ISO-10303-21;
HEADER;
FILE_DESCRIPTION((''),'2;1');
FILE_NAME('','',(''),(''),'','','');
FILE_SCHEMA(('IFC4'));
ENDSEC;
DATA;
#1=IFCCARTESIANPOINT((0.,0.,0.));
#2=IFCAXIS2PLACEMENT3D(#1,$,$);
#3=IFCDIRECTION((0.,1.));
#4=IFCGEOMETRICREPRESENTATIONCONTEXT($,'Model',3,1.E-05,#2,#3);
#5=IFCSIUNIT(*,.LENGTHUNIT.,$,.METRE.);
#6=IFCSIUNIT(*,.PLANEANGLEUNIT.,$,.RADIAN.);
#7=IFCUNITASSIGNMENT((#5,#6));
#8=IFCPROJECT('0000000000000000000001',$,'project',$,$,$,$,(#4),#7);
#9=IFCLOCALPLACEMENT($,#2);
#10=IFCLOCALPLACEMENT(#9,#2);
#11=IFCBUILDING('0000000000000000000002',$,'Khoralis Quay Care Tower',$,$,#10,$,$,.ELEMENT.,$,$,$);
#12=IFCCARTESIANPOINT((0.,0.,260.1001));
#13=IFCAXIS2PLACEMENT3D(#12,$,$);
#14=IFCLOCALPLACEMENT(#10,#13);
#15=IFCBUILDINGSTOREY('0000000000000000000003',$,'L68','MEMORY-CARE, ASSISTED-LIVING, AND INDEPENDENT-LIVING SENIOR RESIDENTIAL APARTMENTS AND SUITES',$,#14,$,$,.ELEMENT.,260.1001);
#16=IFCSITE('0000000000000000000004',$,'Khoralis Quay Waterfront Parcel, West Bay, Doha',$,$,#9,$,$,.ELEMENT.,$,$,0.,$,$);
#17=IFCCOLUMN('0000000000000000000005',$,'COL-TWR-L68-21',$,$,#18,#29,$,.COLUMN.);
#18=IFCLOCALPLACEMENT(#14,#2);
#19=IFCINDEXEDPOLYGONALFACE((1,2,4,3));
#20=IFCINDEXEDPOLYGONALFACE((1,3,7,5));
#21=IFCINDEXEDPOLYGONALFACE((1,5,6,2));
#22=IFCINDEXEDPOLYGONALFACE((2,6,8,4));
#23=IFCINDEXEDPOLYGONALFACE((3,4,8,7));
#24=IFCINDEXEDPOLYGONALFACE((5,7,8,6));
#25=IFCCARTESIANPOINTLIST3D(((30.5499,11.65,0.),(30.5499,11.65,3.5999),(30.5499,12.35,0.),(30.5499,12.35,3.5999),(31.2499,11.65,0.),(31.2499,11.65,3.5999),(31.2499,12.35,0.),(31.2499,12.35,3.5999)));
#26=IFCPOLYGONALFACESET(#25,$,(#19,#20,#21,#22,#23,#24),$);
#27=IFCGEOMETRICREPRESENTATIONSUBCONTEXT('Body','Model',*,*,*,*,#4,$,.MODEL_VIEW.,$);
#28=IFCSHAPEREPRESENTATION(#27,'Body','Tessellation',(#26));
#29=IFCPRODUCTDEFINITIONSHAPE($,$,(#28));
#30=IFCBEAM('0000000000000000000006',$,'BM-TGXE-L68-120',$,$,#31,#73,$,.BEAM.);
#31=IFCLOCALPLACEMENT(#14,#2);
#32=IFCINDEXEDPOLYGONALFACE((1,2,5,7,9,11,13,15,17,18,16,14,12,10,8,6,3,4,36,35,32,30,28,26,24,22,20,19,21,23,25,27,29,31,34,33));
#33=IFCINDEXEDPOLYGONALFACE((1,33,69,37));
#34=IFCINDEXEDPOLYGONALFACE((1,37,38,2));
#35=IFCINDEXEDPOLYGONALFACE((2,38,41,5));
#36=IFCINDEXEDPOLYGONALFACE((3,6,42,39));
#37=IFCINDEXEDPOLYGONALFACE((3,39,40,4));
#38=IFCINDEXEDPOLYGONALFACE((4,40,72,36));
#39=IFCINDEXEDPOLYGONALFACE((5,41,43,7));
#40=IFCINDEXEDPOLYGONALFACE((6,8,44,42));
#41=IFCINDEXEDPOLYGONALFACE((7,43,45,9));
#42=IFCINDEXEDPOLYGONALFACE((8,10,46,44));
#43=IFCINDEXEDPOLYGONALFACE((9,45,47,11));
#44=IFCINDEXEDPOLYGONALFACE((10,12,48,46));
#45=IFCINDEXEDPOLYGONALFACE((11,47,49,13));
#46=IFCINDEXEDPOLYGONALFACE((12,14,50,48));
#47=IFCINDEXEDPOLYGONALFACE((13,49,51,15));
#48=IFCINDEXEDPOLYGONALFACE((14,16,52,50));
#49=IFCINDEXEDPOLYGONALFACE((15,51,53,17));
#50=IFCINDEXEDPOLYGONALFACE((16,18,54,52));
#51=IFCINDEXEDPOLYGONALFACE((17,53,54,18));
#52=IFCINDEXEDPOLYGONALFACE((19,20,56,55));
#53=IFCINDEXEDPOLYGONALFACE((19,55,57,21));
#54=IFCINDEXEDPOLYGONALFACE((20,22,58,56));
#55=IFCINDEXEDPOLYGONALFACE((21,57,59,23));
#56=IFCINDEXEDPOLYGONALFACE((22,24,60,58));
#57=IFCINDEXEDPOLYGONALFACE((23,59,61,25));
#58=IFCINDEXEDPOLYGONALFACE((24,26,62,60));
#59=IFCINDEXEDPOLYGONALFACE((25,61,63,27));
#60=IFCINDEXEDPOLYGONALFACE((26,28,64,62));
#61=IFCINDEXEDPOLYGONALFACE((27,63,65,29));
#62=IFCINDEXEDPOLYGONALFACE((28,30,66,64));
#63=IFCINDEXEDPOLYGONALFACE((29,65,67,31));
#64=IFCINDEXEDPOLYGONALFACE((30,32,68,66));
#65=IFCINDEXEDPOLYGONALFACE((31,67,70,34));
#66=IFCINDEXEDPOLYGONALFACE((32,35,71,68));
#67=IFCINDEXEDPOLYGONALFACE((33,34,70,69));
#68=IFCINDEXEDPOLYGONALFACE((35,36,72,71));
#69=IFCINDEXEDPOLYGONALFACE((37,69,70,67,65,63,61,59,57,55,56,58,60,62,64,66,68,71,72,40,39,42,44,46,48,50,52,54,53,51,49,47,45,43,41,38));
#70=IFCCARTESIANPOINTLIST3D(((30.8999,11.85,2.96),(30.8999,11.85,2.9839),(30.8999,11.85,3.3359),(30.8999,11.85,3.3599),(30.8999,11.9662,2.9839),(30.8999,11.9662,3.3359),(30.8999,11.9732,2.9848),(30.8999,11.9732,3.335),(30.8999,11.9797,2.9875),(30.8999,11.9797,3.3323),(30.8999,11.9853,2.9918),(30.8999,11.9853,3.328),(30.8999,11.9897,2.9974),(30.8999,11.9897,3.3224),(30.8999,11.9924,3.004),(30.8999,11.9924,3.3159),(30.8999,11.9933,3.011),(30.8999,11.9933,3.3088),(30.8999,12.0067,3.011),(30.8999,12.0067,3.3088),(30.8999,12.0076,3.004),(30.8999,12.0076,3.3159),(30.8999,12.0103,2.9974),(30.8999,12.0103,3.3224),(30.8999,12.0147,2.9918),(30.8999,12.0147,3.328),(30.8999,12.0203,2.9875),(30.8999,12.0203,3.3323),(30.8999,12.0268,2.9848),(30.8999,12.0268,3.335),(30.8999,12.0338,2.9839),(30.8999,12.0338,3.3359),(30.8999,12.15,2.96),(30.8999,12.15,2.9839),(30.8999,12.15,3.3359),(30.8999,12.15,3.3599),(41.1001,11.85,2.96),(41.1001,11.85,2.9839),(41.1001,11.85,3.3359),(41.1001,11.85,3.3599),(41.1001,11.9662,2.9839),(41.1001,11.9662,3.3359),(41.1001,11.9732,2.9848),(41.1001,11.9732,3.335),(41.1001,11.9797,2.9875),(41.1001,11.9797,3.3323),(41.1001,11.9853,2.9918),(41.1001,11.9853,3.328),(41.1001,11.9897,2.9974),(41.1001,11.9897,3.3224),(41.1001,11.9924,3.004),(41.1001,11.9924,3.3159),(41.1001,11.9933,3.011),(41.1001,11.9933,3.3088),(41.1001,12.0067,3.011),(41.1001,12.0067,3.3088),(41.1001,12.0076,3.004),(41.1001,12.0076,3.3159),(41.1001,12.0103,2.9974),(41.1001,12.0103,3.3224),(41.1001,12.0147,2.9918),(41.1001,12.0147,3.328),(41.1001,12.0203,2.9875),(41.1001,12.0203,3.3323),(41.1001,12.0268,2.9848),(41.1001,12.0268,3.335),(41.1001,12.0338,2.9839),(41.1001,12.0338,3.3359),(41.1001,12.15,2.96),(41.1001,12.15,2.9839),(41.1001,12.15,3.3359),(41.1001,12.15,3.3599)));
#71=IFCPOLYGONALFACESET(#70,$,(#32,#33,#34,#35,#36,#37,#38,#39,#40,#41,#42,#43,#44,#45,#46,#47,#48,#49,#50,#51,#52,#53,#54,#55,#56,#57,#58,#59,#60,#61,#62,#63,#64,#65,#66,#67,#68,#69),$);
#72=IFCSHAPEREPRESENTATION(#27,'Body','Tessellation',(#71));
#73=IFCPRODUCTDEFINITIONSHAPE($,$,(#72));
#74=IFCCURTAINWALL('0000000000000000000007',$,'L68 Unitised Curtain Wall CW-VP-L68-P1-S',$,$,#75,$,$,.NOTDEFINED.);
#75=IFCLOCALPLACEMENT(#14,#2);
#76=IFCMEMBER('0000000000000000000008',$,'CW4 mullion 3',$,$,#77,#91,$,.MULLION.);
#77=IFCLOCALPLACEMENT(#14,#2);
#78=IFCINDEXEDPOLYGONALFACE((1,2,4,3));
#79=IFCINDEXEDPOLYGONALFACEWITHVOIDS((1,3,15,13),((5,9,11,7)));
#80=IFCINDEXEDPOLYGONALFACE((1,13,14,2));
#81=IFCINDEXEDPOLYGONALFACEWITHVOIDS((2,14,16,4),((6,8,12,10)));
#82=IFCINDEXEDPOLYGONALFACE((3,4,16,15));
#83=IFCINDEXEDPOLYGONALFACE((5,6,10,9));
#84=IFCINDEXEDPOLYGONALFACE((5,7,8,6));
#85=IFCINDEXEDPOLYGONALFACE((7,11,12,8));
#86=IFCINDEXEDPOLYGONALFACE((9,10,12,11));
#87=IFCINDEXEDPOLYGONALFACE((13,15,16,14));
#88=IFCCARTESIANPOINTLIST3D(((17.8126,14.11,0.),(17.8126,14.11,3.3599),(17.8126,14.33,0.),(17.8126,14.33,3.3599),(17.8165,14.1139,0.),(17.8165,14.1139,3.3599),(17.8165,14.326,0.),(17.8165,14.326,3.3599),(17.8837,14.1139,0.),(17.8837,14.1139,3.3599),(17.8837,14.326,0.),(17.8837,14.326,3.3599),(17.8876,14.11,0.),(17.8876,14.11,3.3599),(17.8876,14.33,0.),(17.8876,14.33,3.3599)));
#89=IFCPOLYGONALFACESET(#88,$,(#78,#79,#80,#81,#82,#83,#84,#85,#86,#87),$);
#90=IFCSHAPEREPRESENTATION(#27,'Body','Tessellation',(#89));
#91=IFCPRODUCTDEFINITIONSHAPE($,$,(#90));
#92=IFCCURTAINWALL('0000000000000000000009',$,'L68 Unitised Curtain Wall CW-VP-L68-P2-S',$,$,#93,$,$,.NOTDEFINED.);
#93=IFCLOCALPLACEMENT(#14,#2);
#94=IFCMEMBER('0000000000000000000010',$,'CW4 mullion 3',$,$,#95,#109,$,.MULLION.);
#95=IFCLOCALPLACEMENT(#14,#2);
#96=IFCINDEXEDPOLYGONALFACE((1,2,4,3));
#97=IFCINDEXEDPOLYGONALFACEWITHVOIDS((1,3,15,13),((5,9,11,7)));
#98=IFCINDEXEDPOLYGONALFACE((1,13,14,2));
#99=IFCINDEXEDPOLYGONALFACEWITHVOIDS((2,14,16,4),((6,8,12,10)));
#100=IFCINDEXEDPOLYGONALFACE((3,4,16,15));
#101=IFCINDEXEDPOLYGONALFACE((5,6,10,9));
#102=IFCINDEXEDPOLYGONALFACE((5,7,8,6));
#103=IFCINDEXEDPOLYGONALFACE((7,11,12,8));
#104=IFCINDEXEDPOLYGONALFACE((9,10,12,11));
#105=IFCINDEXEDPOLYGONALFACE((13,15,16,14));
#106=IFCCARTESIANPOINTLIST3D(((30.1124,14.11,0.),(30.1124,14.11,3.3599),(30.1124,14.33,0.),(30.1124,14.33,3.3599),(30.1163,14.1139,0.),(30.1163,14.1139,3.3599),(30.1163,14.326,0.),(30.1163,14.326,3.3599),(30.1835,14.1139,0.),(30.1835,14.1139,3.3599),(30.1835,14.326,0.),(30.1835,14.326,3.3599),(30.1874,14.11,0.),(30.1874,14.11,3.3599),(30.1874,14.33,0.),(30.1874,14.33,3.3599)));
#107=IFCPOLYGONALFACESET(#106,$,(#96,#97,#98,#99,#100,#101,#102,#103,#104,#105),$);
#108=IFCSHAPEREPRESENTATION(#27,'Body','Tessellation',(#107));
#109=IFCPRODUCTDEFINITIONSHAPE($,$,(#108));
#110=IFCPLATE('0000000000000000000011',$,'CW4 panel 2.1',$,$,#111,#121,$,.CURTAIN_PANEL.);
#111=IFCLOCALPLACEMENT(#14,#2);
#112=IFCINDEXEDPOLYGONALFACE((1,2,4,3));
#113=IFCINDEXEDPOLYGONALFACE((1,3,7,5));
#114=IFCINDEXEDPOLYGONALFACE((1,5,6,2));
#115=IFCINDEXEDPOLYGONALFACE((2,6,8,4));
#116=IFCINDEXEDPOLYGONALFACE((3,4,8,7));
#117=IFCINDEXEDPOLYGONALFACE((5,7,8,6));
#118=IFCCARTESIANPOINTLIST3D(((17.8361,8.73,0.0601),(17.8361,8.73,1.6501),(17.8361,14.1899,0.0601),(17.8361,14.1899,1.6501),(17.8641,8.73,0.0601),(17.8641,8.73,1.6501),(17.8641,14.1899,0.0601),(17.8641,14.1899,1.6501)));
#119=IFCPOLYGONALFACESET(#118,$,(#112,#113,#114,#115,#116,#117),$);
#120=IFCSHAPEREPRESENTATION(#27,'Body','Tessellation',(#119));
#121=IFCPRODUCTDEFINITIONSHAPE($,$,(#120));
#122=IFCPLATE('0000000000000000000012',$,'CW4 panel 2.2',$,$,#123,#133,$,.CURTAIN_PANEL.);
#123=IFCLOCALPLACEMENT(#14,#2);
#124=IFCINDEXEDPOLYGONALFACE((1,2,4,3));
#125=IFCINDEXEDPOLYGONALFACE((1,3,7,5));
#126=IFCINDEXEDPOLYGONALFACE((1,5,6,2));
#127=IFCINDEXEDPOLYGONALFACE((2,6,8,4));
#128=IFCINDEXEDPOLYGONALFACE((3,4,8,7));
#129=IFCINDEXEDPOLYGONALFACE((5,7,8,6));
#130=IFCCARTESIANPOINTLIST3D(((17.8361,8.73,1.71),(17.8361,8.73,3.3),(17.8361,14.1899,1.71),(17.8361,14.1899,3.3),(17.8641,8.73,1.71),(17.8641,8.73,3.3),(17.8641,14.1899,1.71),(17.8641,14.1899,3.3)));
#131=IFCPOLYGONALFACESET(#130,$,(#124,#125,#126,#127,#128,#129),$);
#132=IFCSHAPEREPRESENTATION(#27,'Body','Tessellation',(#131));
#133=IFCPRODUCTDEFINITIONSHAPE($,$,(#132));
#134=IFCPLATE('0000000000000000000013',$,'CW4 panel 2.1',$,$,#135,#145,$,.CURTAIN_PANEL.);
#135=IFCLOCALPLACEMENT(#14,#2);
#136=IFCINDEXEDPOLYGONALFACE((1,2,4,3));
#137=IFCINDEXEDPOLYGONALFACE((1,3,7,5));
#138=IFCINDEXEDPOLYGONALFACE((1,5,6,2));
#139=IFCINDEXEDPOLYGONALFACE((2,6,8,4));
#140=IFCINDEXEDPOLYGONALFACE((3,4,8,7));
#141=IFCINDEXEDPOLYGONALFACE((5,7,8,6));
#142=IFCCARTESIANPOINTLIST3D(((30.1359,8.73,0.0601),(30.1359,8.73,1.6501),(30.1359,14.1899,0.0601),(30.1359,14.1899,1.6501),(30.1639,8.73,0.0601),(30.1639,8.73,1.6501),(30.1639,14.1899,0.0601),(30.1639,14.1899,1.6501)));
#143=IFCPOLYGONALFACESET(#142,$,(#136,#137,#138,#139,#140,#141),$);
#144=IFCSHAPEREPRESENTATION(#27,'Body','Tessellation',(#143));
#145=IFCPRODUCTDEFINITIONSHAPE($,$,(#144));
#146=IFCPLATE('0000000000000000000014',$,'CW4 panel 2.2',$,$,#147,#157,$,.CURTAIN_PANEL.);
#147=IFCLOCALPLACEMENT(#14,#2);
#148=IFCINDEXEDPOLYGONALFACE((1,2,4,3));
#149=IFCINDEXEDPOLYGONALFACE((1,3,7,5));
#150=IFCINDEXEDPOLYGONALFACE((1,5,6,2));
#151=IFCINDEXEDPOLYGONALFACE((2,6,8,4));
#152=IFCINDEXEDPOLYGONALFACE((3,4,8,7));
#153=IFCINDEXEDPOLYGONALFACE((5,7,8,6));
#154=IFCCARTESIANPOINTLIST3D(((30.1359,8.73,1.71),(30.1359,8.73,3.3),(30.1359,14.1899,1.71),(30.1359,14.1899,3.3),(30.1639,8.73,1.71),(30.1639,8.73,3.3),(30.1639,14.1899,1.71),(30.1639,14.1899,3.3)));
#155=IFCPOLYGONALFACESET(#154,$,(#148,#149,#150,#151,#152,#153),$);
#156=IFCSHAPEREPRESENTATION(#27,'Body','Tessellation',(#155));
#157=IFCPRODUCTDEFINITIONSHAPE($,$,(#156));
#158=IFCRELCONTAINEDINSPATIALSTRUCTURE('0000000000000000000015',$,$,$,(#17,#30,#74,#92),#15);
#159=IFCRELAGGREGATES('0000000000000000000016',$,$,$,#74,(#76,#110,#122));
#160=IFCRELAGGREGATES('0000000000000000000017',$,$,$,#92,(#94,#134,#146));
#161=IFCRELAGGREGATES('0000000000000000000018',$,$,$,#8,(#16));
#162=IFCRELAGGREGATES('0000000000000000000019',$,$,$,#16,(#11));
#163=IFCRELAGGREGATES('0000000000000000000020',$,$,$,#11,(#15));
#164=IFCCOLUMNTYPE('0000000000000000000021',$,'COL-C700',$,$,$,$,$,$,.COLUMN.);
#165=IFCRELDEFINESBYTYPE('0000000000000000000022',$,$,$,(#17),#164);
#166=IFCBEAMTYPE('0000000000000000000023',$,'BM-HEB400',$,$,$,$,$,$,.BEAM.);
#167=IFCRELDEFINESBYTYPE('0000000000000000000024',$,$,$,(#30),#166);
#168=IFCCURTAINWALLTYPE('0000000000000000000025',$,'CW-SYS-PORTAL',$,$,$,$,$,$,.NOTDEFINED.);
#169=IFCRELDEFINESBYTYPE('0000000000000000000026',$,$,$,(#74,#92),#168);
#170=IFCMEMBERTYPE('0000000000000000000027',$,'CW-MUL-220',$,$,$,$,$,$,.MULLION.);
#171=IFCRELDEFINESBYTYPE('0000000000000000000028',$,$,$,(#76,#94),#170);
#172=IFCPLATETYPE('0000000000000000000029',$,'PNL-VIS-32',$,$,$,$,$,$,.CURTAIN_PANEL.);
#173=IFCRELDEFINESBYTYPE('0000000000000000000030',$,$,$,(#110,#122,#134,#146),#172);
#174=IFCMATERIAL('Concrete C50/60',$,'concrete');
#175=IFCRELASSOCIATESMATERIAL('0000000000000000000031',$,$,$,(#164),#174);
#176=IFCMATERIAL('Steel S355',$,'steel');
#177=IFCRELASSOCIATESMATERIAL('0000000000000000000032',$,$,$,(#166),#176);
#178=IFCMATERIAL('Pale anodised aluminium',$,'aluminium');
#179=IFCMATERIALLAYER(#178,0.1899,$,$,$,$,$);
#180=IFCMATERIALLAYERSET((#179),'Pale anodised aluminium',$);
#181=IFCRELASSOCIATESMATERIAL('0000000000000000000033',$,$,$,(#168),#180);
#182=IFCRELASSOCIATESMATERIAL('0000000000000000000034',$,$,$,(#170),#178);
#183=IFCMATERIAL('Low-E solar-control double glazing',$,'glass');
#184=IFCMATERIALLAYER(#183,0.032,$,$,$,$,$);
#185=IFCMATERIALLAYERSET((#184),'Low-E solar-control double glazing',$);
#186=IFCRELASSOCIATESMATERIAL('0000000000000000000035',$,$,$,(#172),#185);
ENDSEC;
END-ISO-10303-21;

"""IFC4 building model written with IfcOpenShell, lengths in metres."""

from ifc_helpers import new_model, si_unit, direction, frame, origin, origin_2d, place, context, subcontext, project, spatial, rectangle, hollow_rectangle, i_section, extrude, source, transform, mapped, material, layer, layer_set, material_profile, profile_set, type_object, element, aggregate, save


model = new_model("IFC4")

# Units and contexts
model_context = context("Model", 3, precision=1e-05, world=origin(), true_north=direction((0.0, 1.0)))
body_context = subcontext(model_context, "Body", "Model", "MODEL_VIEW")
ifc_project = project(units=[si_unit("LENGTHUNIT", "METRE"), si_unit("PLANEANGLEUNIT", "RADIAN")], contexts=[model_context])

# Site, building, storey
site_placement = place(None, origin())
site = spatial("IfcSite", under=ifc_project, at=site_placement, Name="Khoralis Quay Waterfront Parcel, West Bay, Doha", CompositionType="ELEMENT", RefElevation=0.0)
building_placement = place(site_placement, origin())
building = spatial("IfcBuilding", under=site, at=building_placement, Name="Khoralis Quay Care Tower", CompositionType="ELEMENT")
storey_placement = place(building_placement, frame((0.0, 0.0, 260.1001)))
storey = spatial("IfcBuildingStorey", under=building, at=storey_placement, Name="L68", Description="MEMORY-CARE, ASSISTED-LIVING, AND INDEPENDENT-LIVING SENIOR RESIDENTIAL APARTMENTS AND SUITES", CompositionType="ELEMENT", Elevation=260.1001)

# Column
ifc_material_1 = material(Name="Concrete C50/60", Category="concrete")
ifc_material_profile_1 = material_profile(ifc_material_1, rectangle(XDim=0.7, YDim=0.7, at=origin_2d()), Name="Concrete C50/60")
ifc_profile_set_1 = profile_set([ifc_material_profile_1], Name="Concrete C50/60")
column_type = type_object("IfcColumnType", Name="COL-C700", PredefinedType="COLUMN", material=ifc_profile_set_1)
shared_shape_1 = source(origin(), body_context, "Body", "SweptSolid", [
    extrude(rectangle(XDim=0.7, YDim=0.7, at=origin_2d()), origin(), (0.0, 0.0, 1.0), 3.5999),
])
column_placement = place(storey_placement, frame((30.8999, 12.0, 0.0), z_axis=(0.0, 0.0, 1.0), x_axis=(1.0, 0.0, 0.0)))
element("IfcColumn", 1, at=column_placement, inside=storey, type_object=column_type, Name="COL-TWR-L68-21", PredefinedType="COLUMN", context=body_context, shape_type="MappedRepresentation", body=[
    mapped(shared_shape_1, transform((0.0, 0.0, 0.0), scale=1.0)),
])

# Beam
ifc_material_2 = material(Name="Steel S355", Category="steel")
ifc_material_profile_2 = material_profile(ifc_material_2, i_section(OverallWidth=0.3, OverallDepth=0.3999, WebThickness=0.0134, FlangeThickness=0.0239, FilletRadius=0.0271, at=origin_2d()), Name="Steel S355")
ifc_profile_set_2 = profile_set([ifc_material_profile_2], Name="Steel S355")
beam_type = type_object("IfcBeamType", Name="BM-HEB400", PredefinedType="BEAM", material=ifc_profile_set_2)
shared_shape_2 = source(origin(), body_context, "Body", "SweptSolid", [
    extrude(i_section(OverallWidth=0.3, OverallDepth=0.3999, WebThickness=0.0134, FlangeThickness=0.0239, FilletRadius=0.0271, at=origin_2d()), origin(), (0.0, 0.0, 1.0), 10.2002),
])
beam_placement = place(storey_placement, frame((30.8999, 12.0, 3.1599), z_axis=(1.0, 0.0, 0.0), x_axis=(0.0, 1.0, 0.0)))
element("IfcBeam", 2, at=beam_placement, inside=storey, type_object=beam_type, Name="BM-TGXE-L68-120", PredefinedType="BEAM", context=body_context, shape_type="MappedRepresentation", body=[
    mapped(shared_shape_2, transform((0.0, 0.0, 0.0), scale=1.0)),
])

# Curtain walls, members
ifc_material_3 = material(Name="Pale anodised aluminium", Category="aluminium")
ifc_layer_1 = layer(ifc_material_3, 0.1899)
ifc_layer_set_1 = layer_set([ifc_layer_1], Name="Pale anodised aluminium")
curtain_wall_type = type_object("IfcCurtainWallType", Name="CW-SYS-PORTAL", PredefinedType="NOTDEFINED", material=ifc_layer_set_1)
curtain_wall_1_placement = place(storey_placement, origin())
curtain_wall_1 = element("IfcCurtainWall", 3, at=curtain_wall_1_placement, inside=storey, type_object=curtain_wall_type, Name="L68 Unitised Curtain Wall CW-VP-L68-P1-S", PredefinedType="NOTDEFINED")
ifc_material_profile_3 = material_profile(ifc_material_3, hollow_rectangle(XDim=0.075, YDim=0.22, WallThickness=0.0039, at=origin_2d()), Name="Pale anodised aluminium")
ifc_profile_set_3 = profile_set([ifc_material_profile_3], Name="Pale anodised aluminium")
member_type = type_object("IfcMemberType", Name="CW-MUL-220", PredefinedType="MULLION", material=ifc_profile_set_3)
shared_shape_3 = source(origin(), body_context, "Body", "SweptSolid", [
    extrude(hollow_rectangle(XDim=0.075, YDim=0.22, WallThickness=0.0039, at=origin_2d()), origin(), (0.0, 0.0, 1.0), 3.3599),
])
member_1_placement = place(storey_placement, frame((17.8501, 14.22, 0.0), z_axis=(0.0, 0.0, 1.0), x_axis=(-1.0, 0.0, 0.0)))
member_1 = element("IfcMember", 4, at=member_1_placement, type_object=member_type, Name="CW4 mullion 3", PredefinedType="MULLION", context=body_context, shape_type="MappedRepresentation", body=[
    mapped(shared_shape_3, transform((0.0, 0.0, 0.0), scale=1.0)),
])
curtain_wall_2_placement = place(storey_placement, origin())
curtain_wall_2 = element("IfcCurtainWall", 5, at=curtain_wall_2_placement, inside=storey, type_object=curtain_wall_type, Name="L68 Unitised Curtain Wall CW-VP-L68-P2-S", PredefinedType="NOTDEFINED")
member_2_placement = place(storey_placement, frame((30.1499, 14.22, 0.0), z_axis=(0.0, 0.0, 1.0), x_axis=(-1.0, 0.0, 0.0)))
member_2 = element("IfcMember", 6, at=member_2_placement, type_object=member_type, Name="CW4 mullion 3", PredefinedType="MULLION", context=body_context, shape_type="MappedRepresentation", body=[
    mapped(shared_shape_3, transform((0.0, 0.0, 0.0), scale=1.0)),
])

# Plates
ifc_material_4 = material(Name="Low-E solar-control double glazing", Category="glass")
ifc_layer_2 = layer(ifc_material_4, 0.032)
ifc_layer_set_2 = layer_set([ifc_layer_2], Name="Low-E solar-control double glazing")
plate_type = type_object("IfcPlateType", Name="PNL-VIS-32", PredefinedType="CURTAIN_PANEL", material=ifc_layer_set_2)
shared_shape_4 = source(origin(), body_context, "Body", "SweptSolid", [
    extrude(rectangle(XDim=5.46, YDim=0.0281, at=origin_2d()), origin(), (0.0, 0.0, 1.0), 1.5901),
])
plate_1_placement = place(storey_placement, frame((17.8501, 11.46, 0.0601), z_axis=(0.0, 0.0, 1.0), x_axis=(0.0, 1.0, 0.0)))
plate_1 = element("IfcPlate", 7, at=plate_1_placement, type_object=plate_type, Name="CW4 panel 2.1", PredefinedType="CURTAIN_PANEL", context=body_context, shape_type="MappedRepresentation", body=[
    mapped(shared_shape_4, transform((0.0, 0.0, 0.0), scale=1.0)),
])
plate_2_placement = place(storey_placement, frame((17.8501, 11.46, 1.71), z_axis=(0.0, 0.0, 1.0), x_axis=(0.0, 1.0, 0.0)))
plate_2 = element("IfcPlate", 8, at=plate_2_placement, type_object=plate_type, Name="CW4 panel 2.2", PredefinedType="CURTAIN_PANEL", context=body_context, shape_type="MappedRepresentation", body=[
    mapped(shared_shape_4, transform((0.0, 0.0, 0.0), scale=1.0)),
])
aggregate(curtain_wall_1, [member_1, plate_1, plate_2])
plate_3_placement = place(storey_placement, frame((30.1499, 11.46, 0.0601), z_axis=(0.0, 0.0, 1.0), x_axis=(0.0, 1.0, 0.0)))
plate_3 = element("IfcPlate", 9, at=plate_3_placement, type_object=plate_type, Name="CW4 panel 2.1", PredefinedType="CURTAIN_PANEL", context=body_context, shape_type="MappedRepresentation", body=[
    mapped(shared_shape_4, transform((0.0, 0.0, 0.0), scale=1.0)),
])
plate_4_placement = place(storey_placement, frame((30.1499, 11.46, 1.71), z_axis=(0.0, 0.0, 1.0), x_axis=(0.0, 1.0, 0.0)))
plate_4 = element("IfcPlate", 10, at=plate_4_placement, type_object=plate_type, Name="CW4 panel 2.2", PredefinedType="CURTAIN_PANEL", context=body_context, shape_type="MappedRepresentation", body=[
    mapped(shared_shape_4, transform((0.0, 0.0, 0.0), scale=1.0)),
])
aggregate(curtain_wall_2, [member_2, plate_3, plate_4])

save(model, "model.ifc")
